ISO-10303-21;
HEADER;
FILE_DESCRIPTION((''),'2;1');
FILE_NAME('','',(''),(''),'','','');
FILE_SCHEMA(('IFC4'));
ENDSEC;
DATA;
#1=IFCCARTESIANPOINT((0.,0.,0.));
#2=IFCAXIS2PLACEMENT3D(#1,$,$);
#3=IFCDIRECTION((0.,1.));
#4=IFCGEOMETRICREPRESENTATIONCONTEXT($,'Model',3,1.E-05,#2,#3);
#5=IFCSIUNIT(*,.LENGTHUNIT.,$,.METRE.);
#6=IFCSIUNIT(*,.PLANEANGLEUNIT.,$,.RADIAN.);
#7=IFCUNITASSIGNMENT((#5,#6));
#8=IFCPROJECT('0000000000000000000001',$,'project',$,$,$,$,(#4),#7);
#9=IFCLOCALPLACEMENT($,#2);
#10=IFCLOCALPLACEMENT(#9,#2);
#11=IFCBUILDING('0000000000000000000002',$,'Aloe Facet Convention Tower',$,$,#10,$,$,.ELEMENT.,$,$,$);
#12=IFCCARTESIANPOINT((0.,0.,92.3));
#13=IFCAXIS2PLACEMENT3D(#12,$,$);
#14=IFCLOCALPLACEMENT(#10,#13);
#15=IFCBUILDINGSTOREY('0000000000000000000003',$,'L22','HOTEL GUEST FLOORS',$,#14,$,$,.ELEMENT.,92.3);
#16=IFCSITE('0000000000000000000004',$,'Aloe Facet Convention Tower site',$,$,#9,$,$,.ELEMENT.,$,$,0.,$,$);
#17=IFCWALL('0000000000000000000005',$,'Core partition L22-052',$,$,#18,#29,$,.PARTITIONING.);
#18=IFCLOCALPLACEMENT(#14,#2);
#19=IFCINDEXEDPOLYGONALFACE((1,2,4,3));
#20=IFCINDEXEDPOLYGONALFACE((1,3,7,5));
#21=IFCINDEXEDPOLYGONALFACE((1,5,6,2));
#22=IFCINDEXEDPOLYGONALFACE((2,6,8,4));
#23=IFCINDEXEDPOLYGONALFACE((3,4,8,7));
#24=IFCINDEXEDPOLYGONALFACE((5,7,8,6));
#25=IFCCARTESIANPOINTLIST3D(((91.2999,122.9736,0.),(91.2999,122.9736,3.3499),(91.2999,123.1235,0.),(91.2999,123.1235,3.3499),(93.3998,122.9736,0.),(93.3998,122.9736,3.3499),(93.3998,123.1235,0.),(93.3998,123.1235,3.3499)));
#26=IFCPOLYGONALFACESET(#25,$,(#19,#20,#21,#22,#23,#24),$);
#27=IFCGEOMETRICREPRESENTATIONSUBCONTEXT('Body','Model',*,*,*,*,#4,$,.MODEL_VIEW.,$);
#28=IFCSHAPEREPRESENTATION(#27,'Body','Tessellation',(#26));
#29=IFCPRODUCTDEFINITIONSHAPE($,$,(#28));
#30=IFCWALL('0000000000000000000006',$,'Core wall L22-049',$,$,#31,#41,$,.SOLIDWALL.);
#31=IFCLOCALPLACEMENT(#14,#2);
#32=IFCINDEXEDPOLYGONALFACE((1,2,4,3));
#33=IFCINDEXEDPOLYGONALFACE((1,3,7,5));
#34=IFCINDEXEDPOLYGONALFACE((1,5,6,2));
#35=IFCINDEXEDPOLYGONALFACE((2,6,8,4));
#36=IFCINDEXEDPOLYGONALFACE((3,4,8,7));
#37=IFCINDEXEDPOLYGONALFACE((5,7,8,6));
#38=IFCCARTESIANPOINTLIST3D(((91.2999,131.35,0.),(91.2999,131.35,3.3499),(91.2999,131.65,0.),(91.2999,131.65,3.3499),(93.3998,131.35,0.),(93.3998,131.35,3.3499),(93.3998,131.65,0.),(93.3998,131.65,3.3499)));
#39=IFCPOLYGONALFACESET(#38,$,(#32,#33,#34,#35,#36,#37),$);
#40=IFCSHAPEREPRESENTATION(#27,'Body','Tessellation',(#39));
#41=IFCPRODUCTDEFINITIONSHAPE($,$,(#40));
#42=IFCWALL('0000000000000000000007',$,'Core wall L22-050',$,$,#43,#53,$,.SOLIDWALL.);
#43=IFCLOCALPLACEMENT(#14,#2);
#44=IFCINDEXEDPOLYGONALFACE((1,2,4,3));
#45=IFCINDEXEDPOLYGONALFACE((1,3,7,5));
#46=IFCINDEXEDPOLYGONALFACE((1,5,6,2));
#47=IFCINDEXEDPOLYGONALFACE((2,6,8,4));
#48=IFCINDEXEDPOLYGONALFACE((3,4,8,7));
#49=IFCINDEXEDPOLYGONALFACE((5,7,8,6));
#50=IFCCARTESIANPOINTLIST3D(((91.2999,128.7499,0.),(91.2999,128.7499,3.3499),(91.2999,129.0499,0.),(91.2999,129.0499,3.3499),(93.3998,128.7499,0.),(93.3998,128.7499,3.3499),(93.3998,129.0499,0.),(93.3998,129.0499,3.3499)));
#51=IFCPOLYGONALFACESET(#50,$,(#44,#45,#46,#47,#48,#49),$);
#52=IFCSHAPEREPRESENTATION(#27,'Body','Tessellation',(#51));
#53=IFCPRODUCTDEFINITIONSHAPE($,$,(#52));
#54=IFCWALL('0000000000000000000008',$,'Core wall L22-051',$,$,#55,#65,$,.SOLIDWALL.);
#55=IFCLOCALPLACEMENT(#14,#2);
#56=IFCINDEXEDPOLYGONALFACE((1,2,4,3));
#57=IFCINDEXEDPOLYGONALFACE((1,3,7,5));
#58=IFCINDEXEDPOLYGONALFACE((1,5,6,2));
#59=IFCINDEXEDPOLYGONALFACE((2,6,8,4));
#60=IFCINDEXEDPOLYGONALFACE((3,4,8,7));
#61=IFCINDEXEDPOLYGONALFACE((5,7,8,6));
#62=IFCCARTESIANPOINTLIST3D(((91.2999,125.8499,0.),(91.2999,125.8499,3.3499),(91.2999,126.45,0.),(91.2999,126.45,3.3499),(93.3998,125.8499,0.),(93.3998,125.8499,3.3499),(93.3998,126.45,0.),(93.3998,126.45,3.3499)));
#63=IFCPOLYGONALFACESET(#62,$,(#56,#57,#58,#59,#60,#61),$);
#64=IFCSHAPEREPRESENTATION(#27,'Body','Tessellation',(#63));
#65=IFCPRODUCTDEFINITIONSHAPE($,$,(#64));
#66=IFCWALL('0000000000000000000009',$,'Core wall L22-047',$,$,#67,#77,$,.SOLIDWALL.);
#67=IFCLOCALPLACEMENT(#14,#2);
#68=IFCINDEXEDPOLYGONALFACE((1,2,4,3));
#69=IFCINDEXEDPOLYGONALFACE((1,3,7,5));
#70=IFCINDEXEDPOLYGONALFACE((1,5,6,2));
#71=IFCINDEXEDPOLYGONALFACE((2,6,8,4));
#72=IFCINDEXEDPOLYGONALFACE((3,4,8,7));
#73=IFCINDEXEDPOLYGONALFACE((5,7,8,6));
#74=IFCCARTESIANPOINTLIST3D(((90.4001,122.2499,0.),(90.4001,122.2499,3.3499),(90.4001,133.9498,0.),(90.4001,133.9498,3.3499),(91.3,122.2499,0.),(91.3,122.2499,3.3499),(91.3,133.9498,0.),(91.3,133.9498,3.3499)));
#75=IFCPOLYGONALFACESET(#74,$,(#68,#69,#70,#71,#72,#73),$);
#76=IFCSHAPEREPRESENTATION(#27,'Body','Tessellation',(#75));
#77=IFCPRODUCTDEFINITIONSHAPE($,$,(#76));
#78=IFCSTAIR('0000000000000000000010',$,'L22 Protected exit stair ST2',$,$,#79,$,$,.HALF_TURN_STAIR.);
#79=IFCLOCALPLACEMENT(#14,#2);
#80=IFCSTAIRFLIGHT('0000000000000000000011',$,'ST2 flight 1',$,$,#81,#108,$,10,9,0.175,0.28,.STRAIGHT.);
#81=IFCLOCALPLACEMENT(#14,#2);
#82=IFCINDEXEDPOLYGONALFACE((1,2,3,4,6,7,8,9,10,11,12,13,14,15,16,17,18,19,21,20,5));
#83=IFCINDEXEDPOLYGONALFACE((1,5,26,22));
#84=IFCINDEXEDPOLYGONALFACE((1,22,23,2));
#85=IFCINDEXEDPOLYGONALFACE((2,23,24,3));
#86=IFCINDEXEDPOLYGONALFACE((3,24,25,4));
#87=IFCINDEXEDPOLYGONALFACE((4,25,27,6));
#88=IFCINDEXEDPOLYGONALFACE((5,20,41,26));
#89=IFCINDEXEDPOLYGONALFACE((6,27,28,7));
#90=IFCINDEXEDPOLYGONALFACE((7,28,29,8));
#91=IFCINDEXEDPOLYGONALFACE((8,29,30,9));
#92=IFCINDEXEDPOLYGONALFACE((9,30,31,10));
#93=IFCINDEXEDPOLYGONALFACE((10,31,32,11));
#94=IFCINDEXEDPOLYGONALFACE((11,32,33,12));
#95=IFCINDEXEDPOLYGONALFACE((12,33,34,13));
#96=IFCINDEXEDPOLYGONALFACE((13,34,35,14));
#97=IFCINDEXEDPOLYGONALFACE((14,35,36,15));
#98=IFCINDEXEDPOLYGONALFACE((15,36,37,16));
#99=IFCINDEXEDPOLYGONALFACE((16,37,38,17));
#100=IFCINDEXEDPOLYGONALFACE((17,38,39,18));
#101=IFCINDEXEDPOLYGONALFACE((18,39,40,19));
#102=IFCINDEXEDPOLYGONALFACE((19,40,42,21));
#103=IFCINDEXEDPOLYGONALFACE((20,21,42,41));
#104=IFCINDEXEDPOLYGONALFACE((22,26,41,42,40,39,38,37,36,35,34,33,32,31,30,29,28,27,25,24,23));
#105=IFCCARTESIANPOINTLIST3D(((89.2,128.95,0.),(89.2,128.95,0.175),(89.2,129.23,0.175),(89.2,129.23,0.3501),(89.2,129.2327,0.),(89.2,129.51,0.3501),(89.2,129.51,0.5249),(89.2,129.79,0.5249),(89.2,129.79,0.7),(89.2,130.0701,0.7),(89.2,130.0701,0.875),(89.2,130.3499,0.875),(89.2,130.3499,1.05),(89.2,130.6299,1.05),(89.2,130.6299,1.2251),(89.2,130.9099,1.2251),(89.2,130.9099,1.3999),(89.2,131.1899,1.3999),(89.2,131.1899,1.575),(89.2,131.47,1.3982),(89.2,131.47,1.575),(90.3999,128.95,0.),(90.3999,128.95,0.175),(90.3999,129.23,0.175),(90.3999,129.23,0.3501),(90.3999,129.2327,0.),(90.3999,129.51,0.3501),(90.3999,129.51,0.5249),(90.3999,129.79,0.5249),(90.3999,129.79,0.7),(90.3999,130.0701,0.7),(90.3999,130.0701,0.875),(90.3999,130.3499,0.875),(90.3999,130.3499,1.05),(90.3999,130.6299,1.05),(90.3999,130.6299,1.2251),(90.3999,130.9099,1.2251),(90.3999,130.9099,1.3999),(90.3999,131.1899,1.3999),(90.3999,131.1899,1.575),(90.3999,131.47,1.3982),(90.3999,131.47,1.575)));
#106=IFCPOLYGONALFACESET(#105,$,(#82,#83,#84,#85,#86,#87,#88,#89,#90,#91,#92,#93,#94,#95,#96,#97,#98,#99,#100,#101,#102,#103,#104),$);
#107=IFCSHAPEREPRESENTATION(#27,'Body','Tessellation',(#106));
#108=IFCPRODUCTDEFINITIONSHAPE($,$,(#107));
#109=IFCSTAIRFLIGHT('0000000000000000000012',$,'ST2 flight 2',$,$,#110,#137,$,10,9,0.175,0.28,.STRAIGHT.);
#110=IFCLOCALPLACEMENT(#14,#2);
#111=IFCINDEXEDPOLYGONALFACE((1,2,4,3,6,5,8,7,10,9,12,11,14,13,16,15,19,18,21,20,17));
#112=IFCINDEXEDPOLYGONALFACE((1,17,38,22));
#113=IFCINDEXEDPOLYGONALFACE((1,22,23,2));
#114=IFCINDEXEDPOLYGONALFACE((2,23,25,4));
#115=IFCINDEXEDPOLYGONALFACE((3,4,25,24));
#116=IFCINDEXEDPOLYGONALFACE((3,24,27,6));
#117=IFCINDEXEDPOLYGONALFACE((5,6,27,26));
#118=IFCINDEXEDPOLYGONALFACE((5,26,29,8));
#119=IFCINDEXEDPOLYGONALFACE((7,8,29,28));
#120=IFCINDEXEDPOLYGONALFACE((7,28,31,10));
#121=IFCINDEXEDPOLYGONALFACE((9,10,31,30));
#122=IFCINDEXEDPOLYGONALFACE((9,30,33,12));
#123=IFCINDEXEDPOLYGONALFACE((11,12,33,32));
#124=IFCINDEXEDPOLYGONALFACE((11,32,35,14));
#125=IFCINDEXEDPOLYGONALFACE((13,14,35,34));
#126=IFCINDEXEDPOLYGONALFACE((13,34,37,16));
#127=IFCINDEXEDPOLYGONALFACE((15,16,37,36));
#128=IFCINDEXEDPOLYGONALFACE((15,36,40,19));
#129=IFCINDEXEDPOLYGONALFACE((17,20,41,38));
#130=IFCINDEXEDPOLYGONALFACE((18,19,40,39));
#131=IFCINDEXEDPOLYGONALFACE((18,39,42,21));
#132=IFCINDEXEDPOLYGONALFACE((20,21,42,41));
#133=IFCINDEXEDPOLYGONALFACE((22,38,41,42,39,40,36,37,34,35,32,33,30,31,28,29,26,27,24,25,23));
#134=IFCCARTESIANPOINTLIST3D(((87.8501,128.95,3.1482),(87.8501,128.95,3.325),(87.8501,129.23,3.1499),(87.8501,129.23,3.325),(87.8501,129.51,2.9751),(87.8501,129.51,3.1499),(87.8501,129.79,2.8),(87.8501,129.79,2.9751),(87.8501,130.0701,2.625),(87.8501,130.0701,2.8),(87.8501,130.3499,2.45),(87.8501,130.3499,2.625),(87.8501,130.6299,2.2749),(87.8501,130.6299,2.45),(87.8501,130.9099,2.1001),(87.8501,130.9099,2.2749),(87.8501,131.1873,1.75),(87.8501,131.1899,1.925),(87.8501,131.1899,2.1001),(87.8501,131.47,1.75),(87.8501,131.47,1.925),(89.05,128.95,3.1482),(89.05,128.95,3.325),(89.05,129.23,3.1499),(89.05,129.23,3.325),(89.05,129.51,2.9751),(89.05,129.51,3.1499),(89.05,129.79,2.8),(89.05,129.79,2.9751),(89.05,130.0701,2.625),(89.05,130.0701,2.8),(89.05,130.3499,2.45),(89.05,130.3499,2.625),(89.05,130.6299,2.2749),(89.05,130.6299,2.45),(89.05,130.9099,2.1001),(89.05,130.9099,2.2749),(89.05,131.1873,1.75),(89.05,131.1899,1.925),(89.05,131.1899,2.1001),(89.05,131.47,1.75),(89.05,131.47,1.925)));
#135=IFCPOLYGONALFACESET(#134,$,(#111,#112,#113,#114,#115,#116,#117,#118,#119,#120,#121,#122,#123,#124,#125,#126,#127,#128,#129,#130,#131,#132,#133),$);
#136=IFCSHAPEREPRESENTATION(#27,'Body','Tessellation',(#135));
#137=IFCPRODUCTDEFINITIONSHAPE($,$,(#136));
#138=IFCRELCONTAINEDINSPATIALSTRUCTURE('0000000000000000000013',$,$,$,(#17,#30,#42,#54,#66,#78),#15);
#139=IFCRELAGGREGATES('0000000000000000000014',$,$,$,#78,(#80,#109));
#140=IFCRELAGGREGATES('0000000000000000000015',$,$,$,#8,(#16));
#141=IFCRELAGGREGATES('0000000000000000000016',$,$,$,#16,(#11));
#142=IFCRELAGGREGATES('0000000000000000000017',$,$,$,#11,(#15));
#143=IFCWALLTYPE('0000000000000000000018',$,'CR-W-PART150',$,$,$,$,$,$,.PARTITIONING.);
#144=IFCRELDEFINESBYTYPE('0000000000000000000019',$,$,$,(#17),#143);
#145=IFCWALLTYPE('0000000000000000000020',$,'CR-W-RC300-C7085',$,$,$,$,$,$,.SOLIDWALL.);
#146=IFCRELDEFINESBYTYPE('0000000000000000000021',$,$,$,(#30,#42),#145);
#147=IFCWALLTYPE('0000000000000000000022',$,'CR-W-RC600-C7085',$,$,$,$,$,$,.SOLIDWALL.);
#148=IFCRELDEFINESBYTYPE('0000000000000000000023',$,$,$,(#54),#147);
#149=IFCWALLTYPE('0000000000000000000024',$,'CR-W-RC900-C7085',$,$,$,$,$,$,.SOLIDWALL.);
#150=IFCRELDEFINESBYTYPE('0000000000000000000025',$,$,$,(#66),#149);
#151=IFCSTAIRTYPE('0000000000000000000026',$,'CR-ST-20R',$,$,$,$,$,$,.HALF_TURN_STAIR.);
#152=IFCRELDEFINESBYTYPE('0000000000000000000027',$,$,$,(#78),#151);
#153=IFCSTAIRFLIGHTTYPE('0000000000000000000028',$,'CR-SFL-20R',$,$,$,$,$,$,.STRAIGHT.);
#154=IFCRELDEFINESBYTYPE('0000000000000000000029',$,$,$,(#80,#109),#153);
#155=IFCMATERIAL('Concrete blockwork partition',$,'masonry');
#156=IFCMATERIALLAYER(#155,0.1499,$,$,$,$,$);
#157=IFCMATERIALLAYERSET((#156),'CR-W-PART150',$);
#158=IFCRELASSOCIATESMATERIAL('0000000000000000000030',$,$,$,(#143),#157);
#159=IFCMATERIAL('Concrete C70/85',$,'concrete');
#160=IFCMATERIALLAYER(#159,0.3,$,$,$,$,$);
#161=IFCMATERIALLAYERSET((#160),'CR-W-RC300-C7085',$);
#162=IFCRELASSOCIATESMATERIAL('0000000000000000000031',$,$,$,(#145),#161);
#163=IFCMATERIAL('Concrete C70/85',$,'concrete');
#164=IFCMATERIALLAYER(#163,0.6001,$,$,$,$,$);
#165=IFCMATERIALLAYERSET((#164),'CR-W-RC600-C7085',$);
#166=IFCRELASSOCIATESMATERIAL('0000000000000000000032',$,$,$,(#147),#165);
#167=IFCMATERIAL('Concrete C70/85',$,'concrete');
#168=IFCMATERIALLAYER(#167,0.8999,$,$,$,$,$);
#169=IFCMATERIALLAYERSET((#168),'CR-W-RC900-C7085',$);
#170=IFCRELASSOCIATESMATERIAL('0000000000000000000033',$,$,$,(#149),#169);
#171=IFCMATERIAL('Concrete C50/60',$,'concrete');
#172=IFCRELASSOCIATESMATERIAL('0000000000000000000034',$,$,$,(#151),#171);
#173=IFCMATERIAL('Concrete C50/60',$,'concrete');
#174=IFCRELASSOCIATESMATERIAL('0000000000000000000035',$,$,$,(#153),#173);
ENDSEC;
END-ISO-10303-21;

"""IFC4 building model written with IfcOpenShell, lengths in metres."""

from ifc_helpers import new_model, si_unit, direction, frame, frame_2d, origin, place, context, subcontext, project, spatial, polyline, rectangle, outline, extrude, material, layer, layer_set, type_object, element, aggregate, save


model = new_model("IFC4")

# Units and contexts
model_context = context("Model", 3, precision=1e-05, world=origin(), true_north=direction((0.0, 1.0)))
body_context = subcontext(model_context, "Body", "Model", "MODEL_VIEW")
ifc_project = project(units=[si_unit("LENGTHUNIT", "METRE"), si_unit("PLANEANGLEUNIT", "RADIAN")], contexts=[model_context])

# Site, building, storey
site_placement = place(None, origin())
site = spatial("IfcSite", under=ifc_project, at=site_placement, Name="Aloe Facet Convention Tower site", CompositionType="ELEMENT", RefElevation=0.0)
building_placement = place(site_placement, origin())
building = spatial("IfcBuilding", under=site, at=building_placement, Name="Aloe Facet Convention Tower", CompositionType="ELEMENT")
storey_placement = place(building_placement, frame((0.0, 0.0, 92.3)))
storey = spatial("IfcBuildingStorey", under=building, at=storey_placement, Name="L22", Description="HOTEL GUEST FLOORS", CompositionType="ELEMENT", Elevation=92.3)

# Walls
ifc_material_1 = material(Name="Concrete blockwork partition", Category="masonry")
ifc_layer_1 = layer(ifc_material_1, 0.1499)
ifc_layer_set_1 = layer_set([ifc_layer_1], Name="CR-W-PART150")
wall_type_1 = type_object("IfcWallType", Name="CR-W-PART150", PredefinedType="PARTITIONING", material=ifc_layer_set_1)
wall_1_placement = place(storey_placement, frame((91.3, 123.0486, 0.0), z_axis=(0.0, 0.0, 1.0), x_axis=(1.0, 0.0, 0.0)))
element("IfcWall", 1, at=wall_1_placement, inside=storey, type_object=wall_type_1, Name="Core partition L22-052", PredefinedType="PARTITIONING", context=body_context, shape_type="SweptSolid", body=[
    extrude(rectangle(XDim=2.0999, YDim=0.1499, at=frame_2d((1.0498, 0.0))), origin(), (0.0, 0.0, 1.0), 3.3499),
])
ifc_material_2 = material(Name="Concrete C70/85", Category="concrete")
ifc_layer_2 = layer(ifc_material_2, 0.3)
ifc_layer_set_2 = layer_set([ifc_layer_2], Name="CR-W-RC300-C7085")
wall_type_2 = type_object("IfcWallType", Name="CR-W-RC300-C7085", PredefinedType="SOLIDWALL", material=ifc_layer_set_2)
for number, where, z_axis, x_axis, name in (
    (2, (91.3, 131.5, 0.0), (0.0, 0.0, 1.0), (1.0, 0.0, 0.0), "Core wall L22-049"),
    (3, (91.3, 128.8999, 0.0), (0.0, 0.0, 1.0), (1.0, 0.0, 0.0), "Core wall L22-050"),
):
    element("IfcWall", number, at=place(storey_placement, frame(where, z_axis=z_axis, x_axis=x_axis)), inside=storey, type_object=wall_type_2, Name=name, PredefinedType="SOLIDWALL", context=body_context, shape_type="SweptSolid", body=[
        extrude(rectangle(XDim=2.0999, YDim=0.3, at=frame_2d((1.0498, 0.0))), origin(), (0.0, 0.0, 1.0), 3.3499),
    ])
ifc_material_3 = material(Name="Concrete C70/85", Category="concrete")
ifc_layer_3 = layer(ifc_material_3, 0.6001)
ifc_layer_set_3 = layer_set([ifc_layer_3], Name="CR-W-RC600-C7085")
wall_type_3 = type_object("IfcWallType", Name="CR-W-RC600-C7085", PredefinedType="SOLIDWALL", material=ifc_layer_set_3)
wall_2_placement = place(storey_placement, frame((91.3, 126.1499, 0.0), z_axis=(0.0, 0.0, 1.0), x_axis=(1.0, 0.0, 0.0)))
element("IfcWall", 4, at=wall_2_placement, inside=storey, type_object=wall_type_3, Name="Core wall L22-051", PredefinedType="SOLIDWALL", context=body_context, shape_type="SweptSolid", body=[
    extrude(rectangle(XDim=2.0999, YDim=0.6001, at=frame_2d((1.0498, 0.0))), origin(), (0.0, 0.0, 1.0), 3.3499),
])
ifc_material_4 = material(Name="Concrete C70/85", Category="concrete")
ifc_layer_4 = layer(ifc_material_4, 0.8999)
ifc_layer_set_4 = layer_set([ifc_layer_4], Name="CR-W-RC900-C7085")
wall_type_4 = type_object("IfcWallType", Name="CR-W-RC900-C7085", PredefinedType="SOLIDWALL", material=ifc_layer_set_4)
wall_3_placement = place(storey_placement, frame((90.8501, 133.95, 0.0), z_axis=(0.0, 0.0, 1.0), x_axis=(0.0, -1.0, 0.0)))
element("IfcWall", 5, at=wall_3_placement, inside=storey, type_object=wall_type_4, Name="Core wall L22-047", PredefinedType="SOLIDWALL", context=body_context, shape_type="SweptSolid", body=[
    extrude(rectangle(XDim=11.7, YDim=0.8999, at=frame_2d((5.8501, 0.0))), origin(), (0.0, 0.0, 1.0), 3.3499),
])

# Stair, stair flights
ifc_material_5 = material(Name="Concrete C50/60", Category="concrete")
stair_type = type_object("IfcStairType", Name="CR-ST-20R", PredefinedType="HALF_TURN_STAIR", material=ifc_material_5)
stair_placement = place(storey_placement, origin())
stair = element("IfcStair", 6, at=stair_placement, inside=storey, type_object=stair_type, Name="L22 Protected exit stair ST2", PredefinedType="HALF_TURN_STAIR")
ifc_material_6 = material(Name="Concrete C50/60", Category="concrete")
stair_flight_type = type_object("IfcStairFlightType", Name="CR-SFL-20R", PredefinedType="STRAIGHT", material=ifc_material_6)
stair_flight_1_placement = place(storey_placement, frame((89.8, 128.95, 0.0), z_axis=(0.0, 0.0, 1.0), x_axis=(0.0, 1.0, 0.0)))
stair_flight_1 = element("IfcStairFlight", 7, at=stair_flight_1_placement, type_object=stair_flight_type, Name="ST2 flight 1", NumberOfRisers=10, NumberOfTreads=9, PredefinedType="STRAIGHT", RiserHeight=0.175, TreadLength=0.28, context=body_context, shape_type="SweptSolid", body=[
    extrude(outline(polyline([(0.0, 0.0), (0.0, 0.175), (0.28, 0.175), (0.28, 0.3501), (0.5601, 0.3501), (0.5601, 0.5249), (0.8401, 0.5249), (0.8401, 0.7), (1.1201, 0.7), (1.1201, 0.875), (1.3999, 0.875), (1.3999, 1.05), (1.6799, 1.05), (1.6799, 1.2251), (1.96, 1.2251), (1.96, 1.3999), (2.24, 1.3999), (2.24, 1.575), (2.52, 1.575), (2.52, 1.75), (2.52, 1.3982), (0.2827, 0.0), (0.0, 0.0)])), frame((0.0, 0.6001, 0.0), z_axis=(0.0, -1.0, 0.0), x_axis=(1.0, 0.0, 0.0)), (0.0, 0.0, 1.0), 1.2),
])
stair_flight_2_placement = place(storey_placement, frame((88.45, 131.47, 1.75), z_axis=(0.0, 0.0, 1.0), x_axis=(0.0, -1.0, 0.0)))
stair_flight_2 = element("IfcStairFlight", 8, at=stair_flight_2_placement, type_object=stair_flight_type, Name="ST2 flight 2", NumberOfRisers=10, NumberOfTreads=9, PredefinedType="STRAIGHT", RiserHeight=0.175, TreadLength=0.28, context=body_context, shape_type="SweptSolid", body=[
    extrude(outline(polyline([(0.0, 0.0), (0.0, 0.175), (0.28, 0.175), (0.28, 0.3501), (0.5601, 0.3501), (0.5601, 0.5249), (0.8401, 0.5249), (0.8401, 0.7), (1.1201, 0.7), (1.1201, 0.875), (1.3999, 0.875), (1.3999, 1.05), (1.6799, 1.05), (1.6799, 1.2251), (1.96, 1.2251), (1.96, 1.3999), (2.24, 1.3999), (2.24, 1.575), (2.52, 1.575), (2.52, 1.75), (2.52, 1.3982), (0.2827, 0.0), (0.0, 0.0)])), frame((0.0, 0.6001, 0.0), z_axis=(0.0, -1.0, 0.0), x_axis=(1.0, 0.0, 0.0)), (0.0, 0.0, 1.0), 1.2),
])
aggregate(stair, [stair_flight_1, stair_flight_2])

save(model, "model.ifc")
